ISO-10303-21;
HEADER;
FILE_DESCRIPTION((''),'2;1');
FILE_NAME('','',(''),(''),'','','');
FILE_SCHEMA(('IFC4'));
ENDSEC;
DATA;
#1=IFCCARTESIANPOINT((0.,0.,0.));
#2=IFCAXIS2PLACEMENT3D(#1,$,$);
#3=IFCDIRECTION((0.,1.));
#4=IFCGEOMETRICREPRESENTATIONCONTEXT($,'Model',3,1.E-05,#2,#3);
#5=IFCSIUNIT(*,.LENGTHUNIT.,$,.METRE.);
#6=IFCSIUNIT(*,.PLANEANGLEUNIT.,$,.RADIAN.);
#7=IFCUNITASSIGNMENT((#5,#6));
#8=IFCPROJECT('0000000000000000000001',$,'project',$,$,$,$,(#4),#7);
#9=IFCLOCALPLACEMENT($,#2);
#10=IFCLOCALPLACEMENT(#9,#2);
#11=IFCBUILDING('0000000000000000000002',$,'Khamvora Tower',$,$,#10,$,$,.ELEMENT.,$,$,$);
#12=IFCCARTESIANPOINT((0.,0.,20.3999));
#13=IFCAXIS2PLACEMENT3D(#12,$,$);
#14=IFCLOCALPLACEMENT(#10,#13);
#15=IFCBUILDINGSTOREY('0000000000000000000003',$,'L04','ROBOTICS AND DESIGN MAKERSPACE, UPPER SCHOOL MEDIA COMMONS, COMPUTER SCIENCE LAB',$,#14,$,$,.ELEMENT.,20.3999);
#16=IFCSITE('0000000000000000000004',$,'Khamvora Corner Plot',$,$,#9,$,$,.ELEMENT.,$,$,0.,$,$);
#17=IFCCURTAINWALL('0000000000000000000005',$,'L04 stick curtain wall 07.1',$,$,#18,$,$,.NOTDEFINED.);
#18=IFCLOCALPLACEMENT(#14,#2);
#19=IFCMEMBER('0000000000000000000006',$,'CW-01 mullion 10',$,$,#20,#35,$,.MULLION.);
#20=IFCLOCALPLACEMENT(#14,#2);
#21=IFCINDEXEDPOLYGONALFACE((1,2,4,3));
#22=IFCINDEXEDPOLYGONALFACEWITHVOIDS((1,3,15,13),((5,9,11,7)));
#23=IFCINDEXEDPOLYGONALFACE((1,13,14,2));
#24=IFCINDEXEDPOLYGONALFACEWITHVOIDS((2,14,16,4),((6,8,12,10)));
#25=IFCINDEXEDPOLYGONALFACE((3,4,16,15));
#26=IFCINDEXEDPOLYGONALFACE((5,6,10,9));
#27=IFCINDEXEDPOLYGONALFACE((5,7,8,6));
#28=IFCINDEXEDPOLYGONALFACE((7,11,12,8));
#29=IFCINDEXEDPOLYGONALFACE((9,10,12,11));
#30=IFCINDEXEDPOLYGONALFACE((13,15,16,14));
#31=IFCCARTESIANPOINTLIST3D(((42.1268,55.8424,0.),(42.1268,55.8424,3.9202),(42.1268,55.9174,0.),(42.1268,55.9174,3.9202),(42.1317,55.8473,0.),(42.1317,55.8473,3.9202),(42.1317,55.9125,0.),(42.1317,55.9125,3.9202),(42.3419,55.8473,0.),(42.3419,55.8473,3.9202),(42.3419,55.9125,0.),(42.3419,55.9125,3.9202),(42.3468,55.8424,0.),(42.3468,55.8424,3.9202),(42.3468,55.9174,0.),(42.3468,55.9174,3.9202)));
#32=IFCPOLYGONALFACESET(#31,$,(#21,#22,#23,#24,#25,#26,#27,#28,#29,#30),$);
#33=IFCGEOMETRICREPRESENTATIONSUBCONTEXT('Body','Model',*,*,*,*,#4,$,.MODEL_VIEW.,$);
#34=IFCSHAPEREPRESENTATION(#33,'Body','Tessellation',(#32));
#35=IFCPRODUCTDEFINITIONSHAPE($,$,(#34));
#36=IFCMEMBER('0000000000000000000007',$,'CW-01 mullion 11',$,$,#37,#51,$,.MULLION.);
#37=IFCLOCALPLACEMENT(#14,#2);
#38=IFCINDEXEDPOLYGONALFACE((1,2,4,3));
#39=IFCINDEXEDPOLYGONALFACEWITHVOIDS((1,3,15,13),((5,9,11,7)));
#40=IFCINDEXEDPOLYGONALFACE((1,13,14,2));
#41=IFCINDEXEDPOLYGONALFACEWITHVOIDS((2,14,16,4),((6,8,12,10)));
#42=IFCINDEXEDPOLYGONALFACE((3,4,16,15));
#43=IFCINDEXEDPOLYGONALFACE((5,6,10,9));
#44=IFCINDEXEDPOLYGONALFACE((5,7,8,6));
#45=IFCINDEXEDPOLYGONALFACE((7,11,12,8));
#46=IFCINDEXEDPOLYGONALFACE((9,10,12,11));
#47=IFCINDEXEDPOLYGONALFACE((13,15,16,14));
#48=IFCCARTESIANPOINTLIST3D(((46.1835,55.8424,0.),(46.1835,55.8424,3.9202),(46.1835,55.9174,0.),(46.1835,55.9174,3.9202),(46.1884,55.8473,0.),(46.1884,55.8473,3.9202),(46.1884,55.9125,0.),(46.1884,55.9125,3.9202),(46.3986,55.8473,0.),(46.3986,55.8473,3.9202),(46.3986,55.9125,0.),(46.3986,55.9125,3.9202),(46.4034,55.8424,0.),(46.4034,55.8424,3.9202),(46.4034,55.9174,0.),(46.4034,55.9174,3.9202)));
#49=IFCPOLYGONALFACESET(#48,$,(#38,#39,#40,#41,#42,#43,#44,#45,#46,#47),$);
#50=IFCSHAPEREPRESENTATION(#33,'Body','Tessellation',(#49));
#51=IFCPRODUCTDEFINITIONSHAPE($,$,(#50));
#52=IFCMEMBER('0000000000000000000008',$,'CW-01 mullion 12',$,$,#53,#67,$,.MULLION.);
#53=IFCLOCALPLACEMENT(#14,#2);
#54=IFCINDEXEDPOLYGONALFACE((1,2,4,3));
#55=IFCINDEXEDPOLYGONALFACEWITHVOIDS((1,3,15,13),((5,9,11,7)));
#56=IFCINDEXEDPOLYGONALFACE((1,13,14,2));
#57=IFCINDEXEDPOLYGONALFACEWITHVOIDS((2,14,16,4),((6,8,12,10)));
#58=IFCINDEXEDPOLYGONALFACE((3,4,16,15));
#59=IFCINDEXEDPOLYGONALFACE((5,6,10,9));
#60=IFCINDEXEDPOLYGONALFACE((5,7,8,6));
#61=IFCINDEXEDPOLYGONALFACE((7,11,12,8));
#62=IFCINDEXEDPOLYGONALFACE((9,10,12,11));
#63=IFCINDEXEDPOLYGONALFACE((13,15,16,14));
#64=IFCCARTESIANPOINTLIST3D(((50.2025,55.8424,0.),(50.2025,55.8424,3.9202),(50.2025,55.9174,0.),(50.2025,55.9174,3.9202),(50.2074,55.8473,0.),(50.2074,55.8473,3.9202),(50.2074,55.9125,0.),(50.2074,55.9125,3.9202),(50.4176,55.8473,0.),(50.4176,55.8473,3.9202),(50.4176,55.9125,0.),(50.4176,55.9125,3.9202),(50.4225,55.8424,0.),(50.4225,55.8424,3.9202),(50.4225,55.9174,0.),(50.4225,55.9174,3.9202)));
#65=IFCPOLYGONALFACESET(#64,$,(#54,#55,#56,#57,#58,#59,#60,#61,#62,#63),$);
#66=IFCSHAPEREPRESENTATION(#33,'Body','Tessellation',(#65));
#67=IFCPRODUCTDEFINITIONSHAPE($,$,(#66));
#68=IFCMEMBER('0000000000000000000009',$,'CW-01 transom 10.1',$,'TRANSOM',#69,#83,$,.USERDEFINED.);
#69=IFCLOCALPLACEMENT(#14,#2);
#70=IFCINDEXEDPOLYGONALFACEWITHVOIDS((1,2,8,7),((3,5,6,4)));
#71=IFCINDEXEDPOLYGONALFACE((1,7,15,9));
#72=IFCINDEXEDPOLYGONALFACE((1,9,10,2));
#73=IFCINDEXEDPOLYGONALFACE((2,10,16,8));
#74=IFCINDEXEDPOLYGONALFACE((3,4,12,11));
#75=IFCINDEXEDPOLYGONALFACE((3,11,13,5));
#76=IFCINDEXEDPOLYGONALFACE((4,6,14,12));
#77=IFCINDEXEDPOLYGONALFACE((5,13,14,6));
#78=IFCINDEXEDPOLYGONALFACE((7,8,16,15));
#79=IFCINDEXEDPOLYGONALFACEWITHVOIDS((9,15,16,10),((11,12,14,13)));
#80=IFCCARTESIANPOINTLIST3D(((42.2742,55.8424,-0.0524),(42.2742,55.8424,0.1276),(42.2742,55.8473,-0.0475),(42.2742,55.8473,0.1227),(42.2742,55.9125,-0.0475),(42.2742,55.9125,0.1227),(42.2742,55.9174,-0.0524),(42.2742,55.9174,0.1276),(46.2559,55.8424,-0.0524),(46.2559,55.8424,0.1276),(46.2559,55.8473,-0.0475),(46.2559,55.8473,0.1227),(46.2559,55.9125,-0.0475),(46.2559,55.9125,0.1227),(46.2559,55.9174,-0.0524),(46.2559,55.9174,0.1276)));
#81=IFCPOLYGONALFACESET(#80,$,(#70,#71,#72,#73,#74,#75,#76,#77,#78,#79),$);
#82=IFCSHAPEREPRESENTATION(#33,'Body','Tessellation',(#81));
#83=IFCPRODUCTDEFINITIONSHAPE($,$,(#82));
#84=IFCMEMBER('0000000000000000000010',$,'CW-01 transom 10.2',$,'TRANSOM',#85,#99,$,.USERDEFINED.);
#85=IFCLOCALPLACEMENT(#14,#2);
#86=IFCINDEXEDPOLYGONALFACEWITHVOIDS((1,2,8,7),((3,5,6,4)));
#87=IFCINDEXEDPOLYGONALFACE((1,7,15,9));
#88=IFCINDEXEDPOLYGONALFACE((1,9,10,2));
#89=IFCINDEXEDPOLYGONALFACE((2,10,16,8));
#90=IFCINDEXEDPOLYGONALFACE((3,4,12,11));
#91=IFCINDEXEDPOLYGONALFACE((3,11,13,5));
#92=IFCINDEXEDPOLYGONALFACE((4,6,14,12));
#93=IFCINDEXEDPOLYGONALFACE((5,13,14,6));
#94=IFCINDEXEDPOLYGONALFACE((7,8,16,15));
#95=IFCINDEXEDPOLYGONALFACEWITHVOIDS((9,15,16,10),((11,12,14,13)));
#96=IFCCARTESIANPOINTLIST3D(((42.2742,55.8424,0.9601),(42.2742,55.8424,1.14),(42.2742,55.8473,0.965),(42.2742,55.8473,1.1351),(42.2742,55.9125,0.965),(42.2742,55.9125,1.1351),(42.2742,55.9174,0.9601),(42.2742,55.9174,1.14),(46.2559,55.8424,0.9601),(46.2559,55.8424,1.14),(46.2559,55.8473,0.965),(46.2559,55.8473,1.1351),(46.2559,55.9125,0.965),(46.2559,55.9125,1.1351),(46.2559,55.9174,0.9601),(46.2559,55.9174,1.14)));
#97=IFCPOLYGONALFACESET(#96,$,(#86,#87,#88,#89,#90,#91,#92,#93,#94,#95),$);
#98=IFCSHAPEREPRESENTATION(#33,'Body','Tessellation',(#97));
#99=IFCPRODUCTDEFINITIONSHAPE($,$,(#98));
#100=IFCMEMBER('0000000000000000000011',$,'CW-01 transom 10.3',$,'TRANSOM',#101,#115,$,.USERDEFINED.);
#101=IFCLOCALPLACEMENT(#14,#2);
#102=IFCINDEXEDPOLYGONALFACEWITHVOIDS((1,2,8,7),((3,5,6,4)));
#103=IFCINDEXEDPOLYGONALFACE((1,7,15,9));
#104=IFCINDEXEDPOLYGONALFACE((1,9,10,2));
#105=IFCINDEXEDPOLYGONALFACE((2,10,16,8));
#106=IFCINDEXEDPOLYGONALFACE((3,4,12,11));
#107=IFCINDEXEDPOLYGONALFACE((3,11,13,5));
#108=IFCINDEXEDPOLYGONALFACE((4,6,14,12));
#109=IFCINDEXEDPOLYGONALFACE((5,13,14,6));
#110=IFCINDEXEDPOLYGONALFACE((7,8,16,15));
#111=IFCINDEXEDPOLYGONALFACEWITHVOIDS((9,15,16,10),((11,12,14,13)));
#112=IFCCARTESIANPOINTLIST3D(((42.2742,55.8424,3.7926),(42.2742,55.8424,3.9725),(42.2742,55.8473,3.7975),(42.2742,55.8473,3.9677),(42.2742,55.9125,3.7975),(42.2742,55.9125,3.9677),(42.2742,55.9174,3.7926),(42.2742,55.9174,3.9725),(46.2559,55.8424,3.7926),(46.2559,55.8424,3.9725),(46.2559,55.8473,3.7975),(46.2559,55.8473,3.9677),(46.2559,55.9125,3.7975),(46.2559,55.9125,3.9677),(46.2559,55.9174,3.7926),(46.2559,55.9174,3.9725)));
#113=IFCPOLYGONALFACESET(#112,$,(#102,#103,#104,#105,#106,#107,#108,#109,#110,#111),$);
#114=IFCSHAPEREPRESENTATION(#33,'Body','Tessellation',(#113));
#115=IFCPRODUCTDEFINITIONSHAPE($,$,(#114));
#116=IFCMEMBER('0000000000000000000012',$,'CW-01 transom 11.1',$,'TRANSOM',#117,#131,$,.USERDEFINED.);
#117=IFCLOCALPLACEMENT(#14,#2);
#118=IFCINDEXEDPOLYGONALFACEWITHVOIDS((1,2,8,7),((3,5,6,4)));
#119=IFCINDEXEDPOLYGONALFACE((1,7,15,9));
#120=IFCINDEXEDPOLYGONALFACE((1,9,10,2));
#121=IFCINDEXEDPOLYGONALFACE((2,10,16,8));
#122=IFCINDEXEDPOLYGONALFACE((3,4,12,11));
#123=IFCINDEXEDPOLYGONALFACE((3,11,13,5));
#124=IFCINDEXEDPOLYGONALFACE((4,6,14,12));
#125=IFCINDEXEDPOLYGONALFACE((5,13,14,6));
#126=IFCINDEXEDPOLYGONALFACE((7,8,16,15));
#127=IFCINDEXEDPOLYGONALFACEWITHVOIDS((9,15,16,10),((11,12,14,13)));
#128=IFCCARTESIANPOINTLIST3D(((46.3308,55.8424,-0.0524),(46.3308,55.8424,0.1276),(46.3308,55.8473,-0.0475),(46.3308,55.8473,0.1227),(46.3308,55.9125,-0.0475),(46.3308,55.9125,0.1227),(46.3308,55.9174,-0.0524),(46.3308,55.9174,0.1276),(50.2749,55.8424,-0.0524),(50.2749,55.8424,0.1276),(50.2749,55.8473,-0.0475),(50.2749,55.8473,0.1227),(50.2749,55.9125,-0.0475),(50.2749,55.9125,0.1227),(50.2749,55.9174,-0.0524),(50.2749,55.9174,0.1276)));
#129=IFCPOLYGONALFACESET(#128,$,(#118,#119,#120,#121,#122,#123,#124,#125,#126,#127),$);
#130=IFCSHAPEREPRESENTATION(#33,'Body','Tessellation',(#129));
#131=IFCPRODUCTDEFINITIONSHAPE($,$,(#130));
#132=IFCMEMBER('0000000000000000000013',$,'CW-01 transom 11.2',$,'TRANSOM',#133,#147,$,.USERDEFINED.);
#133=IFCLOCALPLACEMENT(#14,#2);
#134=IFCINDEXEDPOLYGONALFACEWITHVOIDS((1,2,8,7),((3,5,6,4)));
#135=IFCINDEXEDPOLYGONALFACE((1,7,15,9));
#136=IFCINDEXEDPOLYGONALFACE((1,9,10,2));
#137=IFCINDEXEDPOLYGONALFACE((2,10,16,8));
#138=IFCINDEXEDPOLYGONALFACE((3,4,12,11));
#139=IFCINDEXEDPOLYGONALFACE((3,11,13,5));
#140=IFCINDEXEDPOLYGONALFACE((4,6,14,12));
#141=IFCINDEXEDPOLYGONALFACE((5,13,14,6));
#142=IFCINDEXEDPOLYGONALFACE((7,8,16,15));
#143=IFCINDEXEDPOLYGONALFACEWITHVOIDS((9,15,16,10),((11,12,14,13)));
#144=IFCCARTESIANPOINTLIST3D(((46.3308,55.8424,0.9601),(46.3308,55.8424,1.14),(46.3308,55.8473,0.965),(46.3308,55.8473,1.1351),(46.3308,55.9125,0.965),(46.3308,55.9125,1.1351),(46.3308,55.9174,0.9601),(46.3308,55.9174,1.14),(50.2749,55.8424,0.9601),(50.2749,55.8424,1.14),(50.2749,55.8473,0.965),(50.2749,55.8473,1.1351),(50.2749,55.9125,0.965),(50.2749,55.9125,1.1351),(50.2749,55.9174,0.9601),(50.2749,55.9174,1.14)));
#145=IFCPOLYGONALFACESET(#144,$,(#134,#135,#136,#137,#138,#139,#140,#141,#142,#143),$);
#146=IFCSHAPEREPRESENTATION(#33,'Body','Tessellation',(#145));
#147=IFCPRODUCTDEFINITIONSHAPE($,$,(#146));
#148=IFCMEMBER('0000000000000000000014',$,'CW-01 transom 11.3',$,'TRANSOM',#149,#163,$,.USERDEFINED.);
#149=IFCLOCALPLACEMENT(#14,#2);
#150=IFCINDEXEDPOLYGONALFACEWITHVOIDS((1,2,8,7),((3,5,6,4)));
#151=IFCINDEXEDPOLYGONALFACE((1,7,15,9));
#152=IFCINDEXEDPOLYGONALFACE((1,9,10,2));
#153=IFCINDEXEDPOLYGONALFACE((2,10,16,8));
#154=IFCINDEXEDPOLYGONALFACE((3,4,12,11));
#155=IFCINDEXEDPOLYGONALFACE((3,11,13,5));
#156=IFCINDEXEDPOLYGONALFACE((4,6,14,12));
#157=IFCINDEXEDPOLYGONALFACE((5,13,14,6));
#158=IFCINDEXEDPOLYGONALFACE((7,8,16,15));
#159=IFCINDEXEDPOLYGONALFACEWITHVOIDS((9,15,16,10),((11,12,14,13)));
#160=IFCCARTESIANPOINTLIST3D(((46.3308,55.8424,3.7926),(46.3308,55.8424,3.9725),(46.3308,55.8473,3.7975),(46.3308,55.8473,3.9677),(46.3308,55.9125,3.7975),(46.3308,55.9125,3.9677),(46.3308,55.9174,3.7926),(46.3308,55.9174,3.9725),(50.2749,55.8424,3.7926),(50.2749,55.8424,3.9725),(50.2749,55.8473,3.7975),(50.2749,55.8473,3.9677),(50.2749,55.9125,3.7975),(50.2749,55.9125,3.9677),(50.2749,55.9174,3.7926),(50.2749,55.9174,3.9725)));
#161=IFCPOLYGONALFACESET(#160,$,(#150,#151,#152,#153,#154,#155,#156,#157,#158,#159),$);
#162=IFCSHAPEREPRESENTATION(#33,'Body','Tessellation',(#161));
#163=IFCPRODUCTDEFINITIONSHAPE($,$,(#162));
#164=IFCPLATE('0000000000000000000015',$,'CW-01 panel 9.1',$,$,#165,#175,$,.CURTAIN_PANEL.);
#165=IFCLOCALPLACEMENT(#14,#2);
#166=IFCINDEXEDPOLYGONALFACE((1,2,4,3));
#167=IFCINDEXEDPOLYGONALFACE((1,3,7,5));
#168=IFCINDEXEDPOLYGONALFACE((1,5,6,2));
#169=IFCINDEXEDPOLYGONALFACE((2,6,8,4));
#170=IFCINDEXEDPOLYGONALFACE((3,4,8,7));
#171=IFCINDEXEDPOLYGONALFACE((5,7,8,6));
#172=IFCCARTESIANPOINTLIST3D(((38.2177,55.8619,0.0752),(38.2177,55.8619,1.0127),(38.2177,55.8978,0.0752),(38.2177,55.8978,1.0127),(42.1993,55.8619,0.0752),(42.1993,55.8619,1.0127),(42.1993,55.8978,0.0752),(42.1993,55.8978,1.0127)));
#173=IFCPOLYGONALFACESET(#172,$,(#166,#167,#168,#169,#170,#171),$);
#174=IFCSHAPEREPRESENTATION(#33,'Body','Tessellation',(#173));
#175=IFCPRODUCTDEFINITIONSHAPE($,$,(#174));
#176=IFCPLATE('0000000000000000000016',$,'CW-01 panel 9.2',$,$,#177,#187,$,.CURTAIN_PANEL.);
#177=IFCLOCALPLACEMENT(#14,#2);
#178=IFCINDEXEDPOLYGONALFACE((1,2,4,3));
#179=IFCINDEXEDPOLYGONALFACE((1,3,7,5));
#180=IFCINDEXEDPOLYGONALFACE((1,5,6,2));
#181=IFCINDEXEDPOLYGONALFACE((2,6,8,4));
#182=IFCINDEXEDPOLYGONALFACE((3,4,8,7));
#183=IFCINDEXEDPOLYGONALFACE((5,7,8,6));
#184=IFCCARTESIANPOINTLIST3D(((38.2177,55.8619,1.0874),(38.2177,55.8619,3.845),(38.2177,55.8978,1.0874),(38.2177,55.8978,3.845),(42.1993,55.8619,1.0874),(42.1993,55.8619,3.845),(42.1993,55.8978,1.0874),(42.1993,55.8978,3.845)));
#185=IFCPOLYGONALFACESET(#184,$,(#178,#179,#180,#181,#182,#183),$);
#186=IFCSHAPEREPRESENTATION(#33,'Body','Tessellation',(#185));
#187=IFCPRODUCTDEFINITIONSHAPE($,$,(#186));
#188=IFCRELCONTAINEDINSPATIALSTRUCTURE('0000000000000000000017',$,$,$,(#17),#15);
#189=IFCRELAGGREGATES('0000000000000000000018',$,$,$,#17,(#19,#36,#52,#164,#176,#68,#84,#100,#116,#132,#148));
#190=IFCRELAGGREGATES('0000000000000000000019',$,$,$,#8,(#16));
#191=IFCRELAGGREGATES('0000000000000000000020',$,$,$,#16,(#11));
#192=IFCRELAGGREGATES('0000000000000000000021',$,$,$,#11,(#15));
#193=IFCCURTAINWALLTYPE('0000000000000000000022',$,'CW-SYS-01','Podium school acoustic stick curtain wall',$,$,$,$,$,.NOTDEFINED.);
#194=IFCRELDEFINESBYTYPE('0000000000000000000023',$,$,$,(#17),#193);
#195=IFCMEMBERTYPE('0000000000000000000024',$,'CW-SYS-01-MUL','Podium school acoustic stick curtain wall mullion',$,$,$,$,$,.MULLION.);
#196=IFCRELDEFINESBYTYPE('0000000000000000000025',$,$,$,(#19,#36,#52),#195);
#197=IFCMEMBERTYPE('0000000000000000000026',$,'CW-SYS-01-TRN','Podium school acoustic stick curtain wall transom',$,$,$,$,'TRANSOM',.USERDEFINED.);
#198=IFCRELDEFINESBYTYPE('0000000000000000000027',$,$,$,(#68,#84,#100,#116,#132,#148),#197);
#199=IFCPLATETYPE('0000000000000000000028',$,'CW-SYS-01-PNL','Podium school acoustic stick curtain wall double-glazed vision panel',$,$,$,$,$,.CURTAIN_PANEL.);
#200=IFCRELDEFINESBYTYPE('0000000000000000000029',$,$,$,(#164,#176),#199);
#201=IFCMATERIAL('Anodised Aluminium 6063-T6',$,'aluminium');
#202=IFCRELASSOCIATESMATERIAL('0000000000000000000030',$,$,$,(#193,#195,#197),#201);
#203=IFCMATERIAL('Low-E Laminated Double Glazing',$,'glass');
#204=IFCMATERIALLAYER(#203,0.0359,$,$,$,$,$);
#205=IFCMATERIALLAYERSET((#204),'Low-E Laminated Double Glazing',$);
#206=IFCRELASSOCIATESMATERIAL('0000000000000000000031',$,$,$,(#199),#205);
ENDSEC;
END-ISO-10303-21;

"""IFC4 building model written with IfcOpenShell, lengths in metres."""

from ifc_helpers import new_model, si_unit, direction, frame, origin, origin_2d, place, context, subcontext, project, spatial, rectangle, hollow_rectangle, extrude, material, layer, layer_set, material_profile, profile_set, type_object, element, aggregate, save


model = new_model("IFC4")

# Units and contexts
model_context = context("Model", 3, precision=1e-05, world=origin(), true_north=direction((0.0, 1.0)))
body_context = subcontext(model_context, "Body", "Model", "MODEL_VIEW")
ifc_project = project(units=[si_unit("LENGTHUNIT", "METRE"), si_unit("PLANEANGLEUNIT", "RADIAN")], contexts=[model_context])

# Site, building, storey
site_placement = place(None, origin())
site = spatial("IfcSite", under=ifc_project, at=site_placement, Name="Khamvora Corner Plot", CompositionType="ELEMENT", RefElevation=0.0)
building_placement = place(site_placement, origin())
building = spatial("IfcBuilding", under=site, at=building_placement, Name="Khamvora Tower", CompositionType="ELEMENT")
storey_placement = place(building_placement, frame((0.0, 0.0, 20.3999)))
storey = spatial("IfcBuildingStorey", under=building, at=storey_placement, Name="L04", Description="ROBOTICS AND DESIGN MAKERSPACE, UPPER SCHOOL MEDIA COMMONS, COMPUTER SCIENCE LAB", CompositionType="ELEMENT", Elevation=20.3999)

# Curtain wall, members, plates
ifc_material_1 = material(Name="Anodised Aluminium 6063-T6", Category="aluminium")
curtain_wall_type = type_object("IfcCurtainWallType", Name="CW-SYS-01", Description="Podium school acoustic stick curtain wall", PredefinedType="NOTDEFINED", material=ifc_material_1)
curtain_wall_placement = place(storey_placement, origin())
curtain_wall = element("IfcCurtainWall", 1, at=curtain_wall_placement, inside=storey, type_object=curtain_wall_type, Name="L04 stick curtain wall 07.1", PredefinedType="NOTDEFINED")
ifc_material_profile_1 = material_profile(ifc_material_1, hollow_rectangle(XDim=0.075, YDim=0.22, WallThickness=0.0049, at=origin_2d()), Name="MUL75x220x5")
ifc_profile_set_1 = profile_set([ifc_material_profile_1], Name="Anodised Aluminium 6063-T6")
member_type_1 = type_object("IfcMemberType", Name="CW-SYS-01-MUL", Description="Podium school acoustic stick curtain wall mullion", PredefinedType="MULLION", material=ifc_profile_set_1)
member_1_placement = place(storey_placement, frame((42.2368, 55.8799, 0.0), z_axis=(0.0, 0.0, 1.0), x_axis=(0.0, 1.0, 0.0)))
member_1 = element("IfcMember", 2, at=member_1_placement, type_object=member_type_1, Name="CW-01 mullion 10", PredefinedType="MULLION", context=body_context, shape_type="SweptSolid", body=[
    extrude(hollow_rectangle(XDim=0.075, YDim=0.22, WallThickness=0.0049, at=origin_2d()), origin(), (0.0, 0.0, 1.0), 3.9202),
])
member_2_placement = place(storey_placement, frame((46.2935, 55.8799, 0.0), z_axis=(0.0, 0.0, 1.0), x_axis=(0.0, 1.0, 0.0)))
member_2 = element("IfcMember", 3, at=member_2_placement, type_object=member_type_1, Name="CW-01 mullion 11", PredefinedType="MULLION", context=body_context, shape_type="SweptSolid", body=[
    extrude(hollow_rectangle(XDim=0.075, YDim=0.22, WallThickness=0.0049, at=origin_2d()), origin(), (0.0, 0.0, 1.0), 3.9202),
])
member_3_placement = place(storey_placement, frame((50.3125, 55.8799, 0.0), z_axis=(0.0, 0.0, 1.0), x_axis=(0.0, 1.0, 0.0)))
member_3 = element("IfcMember", 4, at=member_3_placement, type_object=member_type_1, Name="CW-01 mullion 12", PredefinedType="MULLION", context=body_context, shape_type="SweptSolid", body=[
    extrude(hollow_rectangle(XDim=0.075, YDim=0.22, WallThickness=0.0049, at=origin_2d()), origin(), (0.0, 0.0, 1.0), 3.9202),
])
ifc_material_profile_2 = material_profile(ifc_material_1, hollow_rectangle(XDim=0.075, YDim=0.1799, WallThickness=0.0049, at=origin_2d()), Name="TRN75x180x5")
ifc_profile_set_2 = profile_set([ifc_material_profile_2], Name="Anodised Aluminium 6063-T6")
member_type_2 = type_object("IfcMemberType", Name="CW-SYS-01-TRN", Description="Podium school acoustic stick curtain wall transom", ElementType="TRANSOM", PredefinedType="USERDEFINED", material=ifc_profile_set_2)
member_4_placement = place(storey_placement, frame((42.2742, 55.8799, 0.0376), z_axis=(1.0, 0.0, 0.0), x_axis=(0.0, 1.0, 0.0)))
member_4 = element("IfcMember", 5, at=member_4_placement, type_object=member_type_2, Name="CW-01 transom 10.1", ObjectType="TRANSOM", PredefinedType="USERDEFINED", context=body_context, shape_type="SweptSolid", body=[
    extrude(hollow_rectangle(XDim=0.075, YDim=0.1799, WallThickness=0.0049, at=origin_2d()), origin(), (0.0, 0.0, 1.0), 3.9817),
])
member_5_placement = place(storey_placement, frame((42.2742, 55.8799, 1.05), z_axis=(1.0, 0.0, 0.0), x_axis=(0.0, 1.0, 0.0)))
member_5 = element("IfcMember", 6, at=member_5_placement, type_object=member_type_2, Name="CW-01 transom 10.2", ObjectType="TRANSOM", PredefinedType="USERDEFINED", context=body_context, shape_type="SweptSolid", body=[
    extrude(hollow_rectangle(XDim=0.075, YDim=0.1799, WallThickness=0.0049, at=origin_2d()), origin(), (0.0, 0.0, 1.0), 3.9817),
])
member_6_placement = place(storey_placement, frame((42.2742, 55.8799, 3.8826), z_axis=(1.0, 0.0, 0.0), x_axis=(0.0, 1.0, 0.0)))
member_6 = element("IfcMember", 7, at=member_6_placement, type_object=member_type_2, Name="CW-01 transom 10.3", ObjectType="TRANSOM", PredefinedType="USERDEFINED", context=body_context, shape_type="SweptSolid", body=[
    extrude(hollow_rectangle(XDim=0.075, YDim=0.1799, WallThickness=0.0049, at=origin_2d()), origin(), (0.0, 0.0, 1.0), 3.9817),
])
member_7_placement = place(storey_placement, frame((46.3308, 55.8799, 0.0376), z_axis=(1.0, 0.0, 0.0), x_axis=(0.0, 1.0, 0.0)))
member_7 = element("IfcMember", 8, at=member_7_placement, type_object=member_type_2, Name="CW-01 transom 11.1", ObjectType="TRANSOM", PredefinedType="USERDEFINED", context=body_context, shape_type="SweptSolid", body=[
    extrude(hollow_rectangle(XDim=0.075, YDim=0.1799, WallThickness=0.0049, at=origin_2d()), origin(), (0.0, 0.0, 1.0), 3.9441),
])
member_8_placement = place(storey_placement, frame((46.3308, 55.8799, 1.05), z_axis=(1.0, 0.0, 0.0), x_axis=(0.0, 1.0, 0.0)))
member_8 = element("IfcMember", 9, at=member_8_placement, type_object=member_type_2, Name="CW-01 transom 11.2", ObjectType="TRANSOM", PredefinedType="USERDEFINED", context=body_context, shape_type="SweptSolid", body=[
    extrude(hollow_rectangle(XDim=0.075, YDim=0.1799, WallThickness=0.0049, at=origin_2d()), origin(), (0.0, 0.0, 1.0), 3.9441),
])
member_9_placement = place(storey_placement, frame((46.3308, 55.8799, 3.8826), z_axis=(1.0, 0.0, 0.0), x_axis=(0.0, 1.0, 0.0)))
member_9 = element("IfcMember", 10, at=member_9_placement, type_object=member_type_2, Name="CW-01 transom 11.3", ObjectType="TRANSOM", PredefinedType="USERDEFINED", context=body_context, shape_type="SweptSolid", body=[
    extrude(hollow_rectangle(XDim=0.075, YDim=0.1799, WallThickness=0.0049, at=origin_2d()), origin(), (0.0, 0.0, 1.0), 3.9441),
])
ifc_material_2 = material(Name="Low-E Laminated Double Glazing", Category="glass")
ifc_layer_1 = layer(ifc_material_2, 0.0359)
ifc_layer_set_1 = layer_set([ifc_layer_1], Name="Low-E Laminated Double Glazing")
plate_type_1 = type_object("IfcPlateType", Name="CW-SYS-01-PNL", Description="Podium school acoustic stick curtain wall double-glazed vision panel", PredefinedType="CURTAIN_PANEL", material=ifc_layer_set_1)
plate_1_placement = place(storey_placement, frame((40.2085, 55.8799, 0.0752), z_axis=(0.0, 0.0, 1.0), x_axis=(1.0, 0.0, 0.0)))
plate_1 = element("IfcPlate", 11, at=plate_1_placement, type_object=plate_type_1, Name="CW-01 panel 9.1", PredefinedType="CURTAIN_PANEL", context=body_context, shape_type="SweptSolid", body=[
    extrude(rectangle(XDim=3.9817, YDim=0.0359, at=origin_2d()), origin(), (0.0, 0.0, 1.0), 0.9375),
])
plate_2_placement = place(storey_placement, frame((40.2085, 55.8799, 1.0874), z_axis=(0.0, 0.0, 1.0), x_axis=(1.0, 0.0, 0.0)))
plate_2 = element("IfcPlate", 12, at=plate_2_placement, type_object=plate_type_1, Name="CW-01 panel 9.2", PredefinedType="CURTAIN_PANEL", context=body_context, shape_type="SweptSolid", body=[
    extrude(rectangle(XDim=3.9817, YDim=0.0359, at=origin_2d()), origin(), (0.0, 0.0, 1.0), 2.7576),
])
aggregate(curtain_wall, [member_1, member_2, member_3, plate_1, plate_2, member_4, member_5, member_6, member_7, member_8, member_9])

save(model, "model.ifc")
